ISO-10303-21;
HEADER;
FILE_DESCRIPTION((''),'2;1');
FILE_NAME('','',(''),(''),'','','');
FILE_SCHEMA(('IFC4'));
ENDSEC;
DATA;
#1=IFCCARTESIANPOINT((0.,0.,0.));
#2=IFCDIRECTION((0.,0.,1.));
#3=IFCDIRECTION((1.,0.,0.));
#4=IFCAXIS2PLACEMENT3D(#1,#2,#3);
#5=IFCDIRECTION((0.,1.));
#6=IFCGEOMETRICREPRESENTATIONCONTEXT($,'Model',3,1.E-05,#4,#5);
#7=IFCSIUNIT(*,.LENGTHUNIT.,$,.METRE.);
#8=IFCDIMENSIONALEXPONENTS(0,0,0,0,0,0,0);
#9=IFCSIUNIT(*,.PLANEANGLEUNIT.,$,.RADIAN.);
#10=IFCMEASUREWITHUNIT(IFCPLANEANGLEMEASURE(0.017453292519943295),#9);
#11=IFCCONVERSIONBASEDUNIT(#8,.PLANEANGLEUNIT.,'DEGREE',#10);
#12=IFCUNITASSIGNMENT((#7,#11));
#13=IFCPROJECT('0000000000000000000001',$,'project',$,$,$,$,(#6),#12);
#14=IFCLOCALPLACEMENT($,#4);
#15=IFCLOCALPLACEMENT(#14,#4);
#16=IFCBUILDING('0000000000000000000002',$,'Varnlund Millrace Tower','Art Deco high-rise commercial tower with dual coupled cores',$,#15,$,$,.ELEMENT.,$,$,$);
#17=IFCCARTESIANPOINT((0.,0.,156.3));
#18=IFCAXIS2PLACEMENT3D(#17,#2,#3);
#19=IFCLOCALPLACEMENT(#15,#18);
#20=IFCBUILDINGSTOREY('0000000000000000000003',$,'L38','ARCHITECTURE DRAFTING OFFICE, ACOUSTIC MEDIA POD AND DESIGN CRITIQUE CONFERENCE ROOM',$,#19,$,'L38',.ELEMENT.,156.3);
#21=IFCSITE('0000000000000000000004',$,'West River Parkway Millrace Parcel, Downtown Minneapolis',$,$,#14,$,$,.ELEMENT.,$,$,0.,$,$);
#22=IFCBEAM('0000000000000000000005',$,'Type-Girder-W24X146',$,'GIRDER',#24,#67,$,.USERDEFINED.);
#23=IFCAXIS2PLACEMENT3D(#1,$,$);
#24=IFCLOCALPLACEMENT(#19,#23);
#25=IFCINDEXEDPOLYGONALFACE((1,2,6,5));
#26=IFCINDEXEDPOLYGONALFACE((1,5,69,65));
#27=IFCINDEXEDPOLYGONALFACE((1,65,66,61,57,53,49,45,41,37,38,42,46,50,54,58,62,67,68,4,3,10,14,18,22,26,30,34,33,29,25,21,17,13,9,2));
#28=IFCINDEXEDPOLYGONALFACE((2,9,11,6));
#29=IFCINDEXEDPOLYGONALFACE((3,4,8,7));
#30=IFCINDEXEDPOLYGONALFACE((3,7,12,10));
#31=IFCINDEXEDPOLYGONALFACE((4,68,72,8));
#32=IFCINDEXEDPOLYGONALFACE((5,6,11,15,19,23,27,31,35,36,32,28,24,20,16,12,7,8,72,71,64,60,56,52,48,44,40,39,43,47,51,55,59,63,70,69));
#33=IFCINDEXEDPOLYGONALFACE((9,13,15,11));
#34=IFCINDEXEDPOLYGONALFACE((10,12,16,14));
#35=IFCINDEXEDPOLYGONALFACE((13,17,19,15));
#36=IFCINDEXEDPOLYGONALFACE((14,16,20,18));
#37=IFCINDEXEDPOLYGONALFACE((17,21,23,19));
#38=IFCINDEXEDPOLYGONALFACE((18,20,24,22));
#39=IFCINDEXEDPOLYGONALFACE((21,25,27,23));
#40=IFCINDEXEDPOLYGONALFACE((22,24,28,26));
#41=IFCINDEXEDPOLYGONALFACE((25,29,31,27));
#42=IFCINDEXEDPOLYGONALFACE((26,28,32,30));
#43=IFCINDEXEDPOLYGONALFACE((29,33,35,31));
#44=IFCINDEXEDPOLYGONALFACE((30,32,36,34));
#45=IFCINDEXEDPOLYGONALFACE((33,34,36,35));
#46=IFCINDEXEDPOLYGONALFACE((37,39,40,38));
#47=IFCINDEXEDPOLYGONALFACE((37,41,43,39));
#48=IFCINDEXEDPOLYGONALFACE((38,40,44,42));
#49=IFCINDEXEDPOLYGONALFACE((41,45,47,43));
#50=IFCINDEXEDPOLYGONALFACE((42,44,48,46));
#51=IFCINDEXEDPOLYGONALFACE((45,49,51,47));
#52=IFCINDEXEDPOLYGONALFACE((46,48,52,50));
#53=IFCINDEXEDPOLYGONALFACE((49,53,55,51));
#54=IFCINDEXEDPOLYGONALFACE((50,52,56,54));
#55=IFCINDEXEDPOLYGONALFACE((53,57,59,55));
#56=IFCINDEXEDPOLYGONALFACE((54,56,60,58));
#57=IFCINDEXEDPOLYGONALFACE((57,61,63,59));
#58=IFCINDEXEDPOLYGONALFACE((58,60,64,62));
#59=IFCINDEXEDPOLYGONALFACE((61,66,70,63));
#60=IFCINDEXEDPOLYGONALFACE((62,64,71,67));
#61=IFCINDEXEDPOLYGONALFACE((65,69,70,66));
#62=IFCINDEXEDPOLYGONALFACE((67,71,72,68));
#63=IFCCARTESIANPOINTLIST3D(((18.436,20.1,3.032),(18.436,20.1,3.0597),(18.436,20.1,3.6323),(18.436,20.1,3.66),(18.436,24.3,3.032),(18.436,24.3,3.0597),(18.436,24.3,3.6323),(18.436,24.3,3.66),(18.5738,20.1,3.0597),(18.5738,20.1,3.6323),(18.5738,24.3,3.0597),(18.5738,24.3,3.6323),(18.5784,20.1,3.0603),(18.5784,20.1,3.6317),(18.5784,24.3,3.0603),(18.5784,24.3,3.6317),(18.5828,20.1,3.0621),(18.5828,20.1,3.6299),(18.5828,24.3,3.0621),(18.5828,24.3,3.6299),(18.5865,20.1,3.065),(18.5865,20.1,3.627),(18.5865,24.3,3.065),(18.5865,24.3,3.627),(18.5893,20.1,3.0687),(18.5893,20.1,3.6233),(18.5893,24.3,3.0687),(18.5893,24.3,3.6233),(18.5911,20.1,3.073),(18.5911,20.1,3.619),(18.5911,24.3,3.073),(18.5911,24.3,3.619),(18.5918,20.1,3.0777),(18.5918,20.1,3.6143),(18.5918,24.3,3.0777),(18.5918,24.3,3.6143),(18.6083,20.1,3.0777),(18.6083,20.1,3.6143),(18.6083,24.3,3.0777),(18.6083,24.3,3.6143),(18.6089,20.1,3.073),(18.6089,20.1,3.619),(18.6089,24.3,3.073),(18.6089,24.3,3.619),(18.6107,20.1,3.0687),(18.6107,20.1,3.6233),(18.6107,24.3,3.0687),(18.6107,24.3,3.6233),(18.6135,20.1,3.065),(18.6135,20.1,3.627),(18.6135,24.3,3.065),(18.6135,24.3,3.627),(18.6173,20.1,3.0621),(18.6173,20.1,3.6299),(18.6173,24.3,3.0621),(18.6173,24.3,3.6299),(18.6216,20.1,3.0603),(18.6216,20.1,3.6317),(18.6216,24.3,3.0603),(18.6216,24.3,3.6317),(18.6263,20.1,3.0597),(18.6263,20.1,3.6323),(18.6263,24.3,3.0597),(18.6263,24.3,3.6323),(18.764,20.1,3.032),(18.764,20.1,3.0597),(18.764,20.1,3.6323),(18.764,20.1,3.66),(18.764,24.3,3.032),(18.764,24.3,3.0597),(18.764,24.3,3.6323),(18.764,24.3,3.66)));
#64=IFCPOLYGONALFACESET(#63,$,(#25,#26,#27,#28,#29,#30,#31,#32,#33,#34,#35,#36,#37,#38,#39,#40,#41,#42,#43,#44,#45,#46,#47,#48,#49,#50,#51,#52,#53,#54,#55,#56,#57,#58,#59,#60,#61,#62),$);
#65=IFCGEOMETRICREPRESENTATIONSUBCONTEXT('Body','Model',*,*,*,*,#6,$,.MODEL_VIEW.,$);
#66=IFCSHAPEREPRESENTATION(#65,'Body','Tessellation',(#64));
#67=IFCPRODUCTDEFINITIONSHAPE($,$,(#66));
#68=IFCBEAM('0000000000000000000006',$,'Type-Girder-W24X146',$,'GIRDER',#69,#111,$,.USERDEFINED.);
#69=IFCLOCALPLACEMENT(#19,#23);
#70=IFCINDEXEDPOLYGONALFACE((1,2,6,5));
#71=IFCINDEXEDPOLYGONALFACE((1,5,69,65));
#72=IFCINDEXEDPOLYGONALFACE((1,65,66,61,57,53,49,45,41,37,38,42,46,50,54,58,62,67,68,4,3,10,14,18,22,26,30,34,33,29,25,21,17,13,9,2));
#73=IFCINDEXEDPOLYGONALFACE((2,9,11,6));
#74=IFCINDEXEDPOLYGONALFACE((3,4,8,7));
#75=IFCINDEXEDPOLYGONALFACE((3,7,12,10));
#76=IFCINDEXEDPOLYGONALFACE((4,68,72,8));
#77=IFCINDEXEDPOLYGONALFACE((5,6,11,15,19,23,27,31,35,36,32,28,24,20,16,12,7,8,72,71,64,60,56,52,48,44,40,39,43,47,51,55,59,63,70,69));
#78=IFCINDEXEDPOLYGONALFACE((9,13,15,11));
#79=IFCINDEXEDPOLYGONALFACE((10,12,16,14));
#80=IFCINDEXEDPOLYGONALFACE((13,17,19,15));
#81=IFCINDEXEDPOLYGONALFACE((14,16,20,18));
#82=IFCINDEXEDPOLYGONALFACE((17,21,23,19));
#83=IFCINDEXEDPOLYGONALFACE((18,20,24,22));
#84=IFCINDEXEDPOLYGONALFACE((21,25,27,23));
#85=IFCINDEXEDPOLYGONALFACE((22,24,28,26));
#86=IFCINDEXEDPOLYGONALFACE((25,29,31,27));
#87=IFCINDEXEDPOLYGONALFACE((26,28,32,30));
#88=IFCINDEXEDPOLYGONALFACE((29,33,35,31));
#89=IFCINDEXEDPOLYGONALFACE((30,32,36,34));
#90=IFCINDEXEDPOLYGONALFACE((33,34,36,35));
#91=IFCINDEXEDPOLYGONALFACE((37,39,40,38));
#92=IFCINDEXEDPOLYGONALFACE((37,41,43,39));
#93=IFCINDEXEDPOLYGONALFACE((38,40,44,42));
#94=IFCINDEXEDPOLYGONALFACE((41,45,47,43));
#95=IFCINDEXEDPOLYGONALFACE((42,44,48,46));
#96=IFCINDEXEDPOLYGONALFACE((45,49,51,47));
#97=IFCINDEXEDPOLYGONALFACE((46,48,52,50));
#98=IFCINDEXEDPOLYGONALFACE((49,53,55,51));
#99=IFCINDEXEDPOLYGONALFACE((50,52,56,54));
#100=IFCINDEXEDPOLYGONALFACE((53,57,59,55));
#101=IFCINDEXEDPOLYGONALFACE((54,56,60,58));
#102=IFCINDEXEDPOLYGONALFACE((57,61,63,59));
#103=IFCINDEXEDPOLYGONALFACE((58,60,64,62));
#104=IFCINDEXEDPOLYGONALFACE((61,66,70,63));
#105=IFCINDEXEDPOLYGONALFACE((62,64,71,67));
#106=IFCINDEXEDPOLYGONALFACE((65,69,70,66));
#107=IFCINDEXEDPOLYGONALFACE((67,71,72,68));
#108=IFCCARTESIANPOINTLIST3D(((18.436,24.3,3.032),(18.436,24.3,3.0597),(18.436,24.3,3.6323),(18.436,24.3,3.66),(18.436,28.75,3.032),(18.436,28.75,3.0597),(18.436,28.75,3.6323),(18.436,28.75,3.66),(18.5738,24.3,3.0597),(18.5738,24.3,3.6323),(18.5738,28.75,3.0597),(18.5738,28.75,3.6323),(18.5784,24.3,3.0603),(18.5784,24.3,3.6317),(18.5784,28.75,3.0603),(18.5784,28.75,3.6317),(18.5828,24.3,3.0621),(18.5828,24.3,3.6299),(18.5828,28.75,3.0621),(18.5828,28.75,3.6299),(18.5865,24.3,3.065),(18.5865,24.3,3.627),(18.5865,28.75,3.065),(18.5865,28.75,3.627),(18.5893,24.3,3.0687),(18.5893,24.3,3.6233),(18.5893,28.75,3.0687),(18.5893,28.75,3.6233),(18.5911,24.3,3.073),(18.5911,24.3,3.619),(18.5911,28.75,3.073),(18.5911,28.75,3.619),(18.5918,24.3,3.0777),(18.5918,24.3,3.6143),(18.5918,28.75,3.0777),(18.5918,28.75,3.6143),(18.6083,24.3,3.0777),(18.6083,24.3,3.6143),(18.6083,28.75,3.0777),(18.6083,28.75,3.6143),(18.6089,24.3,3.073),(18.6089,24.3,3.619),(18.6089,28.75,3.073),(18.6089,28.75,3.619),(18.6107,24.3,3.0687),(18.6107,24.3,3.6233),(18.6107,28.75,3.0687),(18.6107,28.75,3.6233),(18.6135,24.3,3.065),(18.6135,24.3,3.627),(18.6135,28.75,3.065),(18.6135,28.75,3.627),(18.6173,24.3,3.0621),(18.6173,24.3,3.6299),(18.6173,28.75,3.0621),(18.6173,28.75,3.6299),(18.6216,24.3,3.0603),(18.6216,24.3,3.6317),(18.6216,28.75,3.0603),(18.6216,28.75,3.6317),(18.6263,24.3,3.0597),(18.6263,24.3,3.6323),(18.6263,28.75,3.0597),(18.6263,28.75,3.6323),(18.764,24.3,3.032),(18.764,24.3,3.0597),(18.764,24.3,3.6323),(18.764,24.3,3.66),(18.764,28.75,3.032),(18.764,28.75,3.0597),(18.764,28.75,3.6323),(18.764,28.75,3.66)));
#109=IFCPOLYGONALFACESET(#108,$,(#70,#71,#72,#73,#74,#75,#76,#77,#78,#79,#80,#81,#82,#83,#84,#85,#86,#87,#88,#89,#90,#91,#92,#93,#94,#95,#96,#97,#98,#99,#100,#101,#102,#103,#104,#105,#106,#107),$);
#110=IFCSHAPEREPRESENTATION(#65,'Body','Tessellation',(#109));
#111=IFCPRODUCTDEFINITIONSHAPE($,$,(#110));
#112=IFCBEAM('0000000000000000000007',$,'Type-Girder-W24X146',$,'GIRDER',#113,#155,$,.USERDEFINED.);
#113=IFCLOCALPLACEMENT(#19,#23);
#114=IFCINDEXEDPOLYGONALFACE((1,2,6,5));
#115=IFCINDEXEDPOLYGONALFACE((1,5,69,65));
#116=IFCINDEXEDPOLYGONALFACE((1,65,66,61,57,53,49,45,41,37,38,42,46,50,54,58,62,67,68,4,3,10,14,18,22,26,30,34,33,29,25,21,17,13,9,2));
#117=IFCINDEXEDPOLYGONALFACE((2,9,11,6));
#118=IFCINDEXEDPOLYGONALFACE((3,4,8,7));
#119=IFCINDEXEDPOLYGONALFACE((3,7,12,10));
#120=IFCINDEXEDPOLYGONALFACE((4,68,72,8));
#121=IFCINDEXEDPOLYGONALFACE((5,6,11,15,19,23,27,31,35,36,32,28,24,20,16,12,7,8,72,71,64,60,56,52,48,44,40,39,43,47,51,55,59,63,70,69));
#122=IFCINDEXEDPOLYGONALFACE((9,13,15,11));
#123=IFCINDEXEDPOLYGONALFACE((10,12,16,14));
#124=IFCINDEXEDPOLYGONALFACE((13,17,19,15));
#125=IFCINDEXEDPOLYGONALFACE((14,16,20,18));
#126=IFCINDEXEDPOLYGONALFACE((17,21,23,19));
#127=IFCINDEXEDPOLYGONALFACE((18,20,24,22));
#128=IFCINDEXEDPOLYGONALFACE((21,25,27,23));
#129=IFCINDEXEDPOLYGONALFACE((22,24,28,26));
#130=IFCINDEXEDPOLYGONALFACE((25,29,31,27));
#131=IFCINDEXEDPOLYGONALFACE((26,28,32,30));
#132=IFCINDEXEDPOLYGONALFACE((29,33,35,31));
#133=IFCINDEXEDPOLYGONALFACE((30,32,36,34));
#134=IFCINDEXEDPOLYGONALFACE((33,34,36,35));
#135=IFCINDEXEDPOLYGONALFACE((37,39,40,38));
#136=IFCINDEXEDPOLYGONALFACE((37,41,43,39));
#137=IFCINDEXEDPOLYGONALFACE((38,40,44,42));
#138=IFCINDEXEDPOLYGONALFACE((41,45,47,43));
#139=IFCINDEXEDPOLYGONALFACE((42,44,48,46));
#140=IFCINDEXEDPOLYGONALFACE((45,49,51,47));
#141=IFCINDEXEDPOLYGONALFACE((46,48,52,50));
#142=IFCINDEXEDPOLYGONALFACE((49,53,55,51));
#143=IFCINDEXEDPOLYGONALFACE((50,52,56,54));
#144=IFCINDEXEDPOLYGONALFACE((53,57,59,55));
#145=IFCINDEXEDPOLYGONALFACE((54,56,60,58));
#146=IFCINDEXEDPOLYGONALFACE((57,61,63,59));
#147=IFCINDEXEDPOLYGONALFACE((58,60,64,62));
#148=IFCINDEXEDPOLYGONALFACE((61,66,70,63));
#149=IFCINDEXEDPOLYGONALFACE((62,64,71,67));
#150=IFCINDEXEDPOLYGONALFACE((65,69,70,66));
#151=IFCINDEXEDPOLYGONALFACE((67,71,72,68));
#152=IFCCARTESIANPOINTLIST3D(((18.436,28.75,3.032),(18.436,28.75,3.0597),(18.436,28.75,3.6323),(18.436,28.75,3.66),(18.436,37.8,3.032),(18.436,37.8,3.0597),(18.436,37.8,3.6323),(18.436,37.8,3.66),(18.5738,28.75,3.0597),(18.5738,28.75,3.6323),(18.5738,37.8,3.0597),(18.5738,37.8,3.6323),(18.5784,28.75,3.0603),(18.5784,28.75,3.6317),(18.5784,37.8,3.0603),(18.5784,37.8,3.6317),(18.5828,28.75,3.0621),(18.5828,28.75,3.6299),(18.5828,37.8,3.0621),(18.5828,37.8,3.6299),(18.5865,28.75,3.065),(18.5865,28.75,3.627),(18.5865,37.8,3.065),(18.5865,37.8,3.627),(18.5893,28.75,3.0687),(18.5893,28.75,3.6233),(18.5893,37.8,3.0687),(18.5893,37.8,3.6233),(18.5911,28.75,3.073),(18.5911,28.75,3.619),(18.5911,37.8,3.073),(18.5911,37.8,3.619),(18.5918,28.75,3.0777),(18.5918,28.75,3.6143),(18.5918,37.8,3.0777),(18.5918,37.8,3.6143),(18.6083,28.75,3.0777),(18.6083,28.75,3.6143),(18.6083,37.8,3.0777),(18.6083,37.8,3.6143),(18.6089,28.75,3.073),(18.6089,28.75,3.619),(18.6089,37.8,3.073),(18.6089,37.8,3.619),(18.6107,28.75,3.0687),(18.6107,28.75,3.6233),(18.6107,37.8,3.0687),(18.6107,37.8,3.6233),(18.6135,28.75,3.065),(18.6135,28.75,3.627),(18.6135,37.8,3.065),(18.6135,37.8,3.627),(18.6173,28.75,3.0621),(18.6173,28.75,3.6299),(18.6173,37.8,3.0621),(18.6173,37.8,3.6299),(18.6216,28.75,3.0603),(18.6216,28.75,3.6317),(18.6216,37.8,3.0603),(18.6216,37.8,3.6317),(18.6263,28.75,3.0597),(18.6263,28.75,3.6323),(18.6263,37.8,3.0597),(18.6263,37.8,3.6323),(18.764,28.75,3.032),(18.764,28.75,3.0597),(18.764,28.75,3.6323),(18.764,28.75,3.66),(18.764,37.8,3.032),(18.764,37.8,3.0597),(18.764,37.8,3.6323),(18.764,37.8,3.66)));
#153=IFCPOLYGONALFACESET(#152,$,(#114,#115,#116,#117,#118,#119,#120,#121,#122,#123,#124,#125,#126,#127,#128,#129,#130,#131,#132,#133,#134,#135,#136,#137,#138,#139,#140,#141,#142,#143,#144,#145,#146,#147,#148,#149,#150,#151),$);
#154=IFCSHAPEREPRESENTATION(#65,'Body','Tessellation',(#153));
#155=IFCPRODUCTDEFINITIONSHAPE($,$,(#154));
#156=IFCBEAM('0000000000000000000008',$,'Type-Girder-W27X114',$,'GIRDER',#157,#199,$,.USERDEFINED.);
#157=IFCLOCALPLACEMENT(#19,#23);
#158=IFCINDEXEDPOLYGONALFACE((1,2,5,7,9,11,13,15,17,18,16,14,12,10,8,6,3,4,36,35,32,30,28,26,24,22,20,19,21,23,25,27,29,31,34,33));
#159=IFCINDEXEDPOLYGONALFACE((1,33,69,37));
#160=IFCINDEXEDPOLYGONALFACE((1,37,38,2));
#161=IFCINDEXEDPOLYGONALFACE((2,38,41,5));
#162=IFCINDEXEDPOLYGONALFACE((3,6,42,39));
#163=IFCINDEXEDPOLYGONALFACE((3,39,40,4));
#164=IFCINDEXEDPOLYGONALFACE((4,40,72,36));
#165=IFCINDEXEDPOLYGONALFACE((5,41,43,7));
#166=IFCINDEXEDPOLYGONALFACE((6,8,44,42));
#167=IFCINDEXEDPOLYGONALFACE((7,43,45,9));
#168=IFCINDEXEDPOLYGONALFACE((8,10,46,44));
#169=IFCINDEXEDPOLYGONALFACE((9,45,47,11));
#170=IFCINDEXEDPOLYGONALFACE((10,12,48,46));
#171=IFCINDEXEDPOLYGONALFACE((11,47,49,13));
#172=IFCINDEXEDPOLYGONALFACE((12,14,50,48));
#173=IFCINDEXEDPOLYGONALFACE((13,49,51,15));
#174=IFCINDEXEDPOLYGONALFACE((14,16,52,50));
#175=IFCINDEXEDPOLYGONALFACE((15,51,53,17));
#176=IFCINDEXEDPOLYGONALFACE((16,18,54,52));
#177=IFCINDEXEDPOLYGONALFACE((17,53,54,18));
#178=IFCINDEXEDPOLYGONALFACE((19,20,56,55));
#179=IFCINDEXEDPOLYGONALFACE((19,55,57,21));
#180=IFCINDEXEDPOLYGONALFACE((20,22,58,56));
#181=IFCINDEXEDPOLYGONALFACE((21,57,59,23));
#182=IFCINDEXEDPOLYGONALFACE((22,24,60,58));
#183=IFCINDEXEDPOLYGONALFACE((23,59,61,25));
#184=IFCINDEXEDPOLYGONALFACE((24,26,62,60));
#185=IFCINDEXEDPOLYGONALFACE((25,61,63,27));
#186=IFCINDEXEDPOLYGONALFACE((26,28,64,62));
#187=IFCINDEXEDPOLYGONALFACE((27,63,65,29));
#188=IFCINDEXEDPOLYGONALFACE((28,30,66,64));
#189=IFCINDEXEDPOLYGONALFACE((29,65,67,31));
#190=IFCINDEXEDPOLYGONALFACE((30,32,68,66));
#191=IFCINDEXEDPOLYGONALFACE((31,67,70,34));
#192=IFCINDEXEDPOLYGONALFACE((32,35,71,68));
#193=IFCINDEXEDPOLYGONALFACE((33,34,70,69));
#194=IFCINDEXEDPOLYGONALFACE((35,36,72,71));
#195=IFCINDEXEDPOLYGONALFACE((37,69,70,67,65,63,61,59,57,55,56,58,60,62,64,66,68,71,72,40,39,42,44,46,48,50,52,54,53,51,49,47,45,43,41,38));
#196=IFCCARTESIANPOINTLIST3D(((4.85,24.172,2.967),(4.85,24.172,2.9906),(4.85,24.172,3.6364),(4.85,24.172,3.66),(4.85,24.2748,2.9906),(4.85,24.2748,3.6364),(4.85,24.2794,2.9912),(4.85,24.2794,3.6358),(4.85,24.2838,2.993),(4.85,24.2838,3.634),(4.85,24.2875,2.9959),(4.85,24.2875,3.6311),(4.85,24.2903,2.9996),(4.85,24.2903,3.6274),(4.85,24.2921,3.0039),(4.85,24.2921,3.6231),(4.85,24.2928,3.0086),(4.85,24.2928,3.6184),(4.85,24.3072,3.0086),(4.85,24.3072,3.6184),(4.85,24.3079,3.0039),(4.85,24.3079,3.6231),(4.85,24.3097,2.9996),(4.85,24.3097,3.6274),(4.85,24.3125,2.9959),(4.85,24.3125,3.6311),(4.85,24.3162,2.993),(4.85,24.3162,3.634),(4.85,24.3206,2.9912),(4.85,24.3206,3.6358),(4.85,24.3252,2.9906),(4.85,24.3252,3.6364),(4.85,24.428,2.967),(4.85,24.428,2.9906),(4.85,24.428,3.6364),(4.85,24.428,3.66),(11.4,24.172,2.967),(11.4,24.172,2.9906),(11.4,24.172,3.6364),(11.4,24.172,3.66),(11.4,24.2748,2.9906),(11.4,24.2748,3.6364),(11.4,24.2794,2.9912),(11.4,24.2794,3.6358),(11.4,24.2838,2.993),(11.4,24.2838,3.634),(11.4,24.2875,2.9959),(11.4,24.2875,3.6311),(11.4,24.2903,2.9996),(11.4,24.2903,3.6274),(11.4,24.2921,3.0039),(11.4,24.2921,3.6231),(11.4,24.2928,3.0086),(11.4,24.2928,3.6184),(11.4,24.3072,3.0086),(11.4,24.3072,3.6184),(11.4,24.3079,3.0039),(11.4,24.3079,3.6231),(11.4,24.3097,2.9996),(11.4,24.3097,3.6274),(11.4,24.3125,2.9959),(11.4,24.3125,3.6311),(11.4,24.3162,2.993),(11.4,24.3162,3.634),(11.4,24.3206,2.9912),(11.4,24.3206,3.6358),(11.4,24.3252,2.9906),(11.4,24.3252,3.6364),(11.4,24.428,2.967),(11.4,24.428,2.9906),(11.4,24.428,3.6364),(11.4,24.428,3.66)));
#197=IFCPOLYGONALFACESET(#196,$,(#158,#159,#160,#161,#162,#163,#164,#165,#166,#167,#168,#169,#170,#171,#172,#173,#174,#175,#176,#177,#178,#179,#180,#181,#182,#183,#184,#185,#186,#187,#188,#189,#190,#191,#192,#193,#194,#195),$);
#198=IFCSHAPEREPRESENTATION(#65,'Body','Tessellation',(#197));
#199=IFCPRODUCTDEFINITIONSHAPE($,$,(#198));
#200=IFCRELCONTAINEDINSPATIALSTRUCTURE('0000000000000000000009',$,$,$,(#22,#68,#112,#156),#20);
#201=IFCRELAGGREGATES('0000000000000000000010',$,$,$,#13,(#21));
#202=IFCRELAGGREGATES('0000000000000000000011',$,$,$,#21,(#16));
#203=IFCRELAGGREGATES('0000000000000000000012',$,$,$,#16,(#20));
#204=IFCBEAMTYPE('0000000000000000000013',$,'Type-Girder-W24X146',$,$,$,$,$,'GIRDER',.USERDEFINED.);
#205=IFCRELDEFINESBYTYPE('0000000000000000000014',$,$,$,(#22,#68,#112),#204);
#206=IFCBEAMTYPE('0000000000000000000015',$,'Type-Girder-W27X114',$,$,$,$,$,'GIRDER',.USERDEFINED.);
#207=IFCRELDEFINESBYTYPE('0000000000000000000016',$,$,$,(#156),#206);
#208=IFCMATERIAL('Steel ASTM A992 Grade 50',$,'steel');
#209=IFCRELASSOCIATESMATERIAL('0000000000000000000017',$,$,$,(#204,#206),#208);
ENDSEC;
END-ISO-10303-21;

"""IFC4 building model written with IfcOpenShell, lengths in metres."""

from ifc_helpers import new_model, entity, si_unit, converted_unit, direction, frame, origin_with_axes, origin_2d_with_axis, place, context, subcontext, project, spatial, i_section, extrude, material, material_profile, profile_set, type_object, element, save


model = new_model("IFC4")

# Units and contexts
model_context = context("Model", 3, precision=1e-05, world=origin_with_axes(), true_north=direction((0.0, 1.0)))
body_context = subcontext(model_context, "Body", "Model", "MODEL_VIEW")
ifc_project = project(units=[si_unit("LENGTHUNIT", "METRE"), converted_unit("PLANEANGLEUNIT", "DEGREE", entity("IfcPlaneAngleMeasure", 0.017453292519943295), si_unit("PLANEANGLEUNIT", "RADIAN"), dimensions=[0, 0, 0, 0, 0, 0, 0])], contexts=[model_context])

# Site, building, storey
site_placement = place(None, origin_with_axes())
site = spatial("IfcSite", under=ifc_project, at=site_placement, Name="West River Parkway Millrace Parcel, Downtown Minneapolis", CompositionType="ELEMENT", RefElevation=0.0)
building_placement = place(site_placement, origin_with_axes())
building = spatial("IfcBuilding", under=site, at=building_placement, Name="Varnlund Millrace Tower", Description="Art Deco high-rise commercial tower with dual coupled cores", CompositionType="ELEMENT")
storey_placement = place(building_placement, frame((0.0, 0.0, 156.3), z_axis=(0.0, 0.0, 1.0), x_axis=(1.0, 0.0, 0.0)))
storey = spatial("IfcBuildingStorey", under=building, at=storey_placement, Name="L38", Description="ARCHITECTURE DRAFTING OFFICE, ACOUSTIC MEDIA POD AND DESIGN CRITIQUE CONFERENCE ROOM", LongName="L38", CompositionType="ELEMENT", Elevation=156.3)

# Beams
ifc_material_1 = material(Name="Steel ASTM A992 Grade 50", Category="steel")
ifc_material_profile_1 = material_profile(ifc_material_1, i_section(OverallWidth=0.328, OverallDepth=0.628, WebThickness=0.0165, FlangeThickness=0.0277, FilletRadius=0.018, at=origin_2d_with_axis()), Name="Steel ASTM A992 Grade 50")
ifc_profile_set_1 = profile_set([ifc_material_profile_1], Name="Steel ASTM A992 Grade 50")
beam_type_1 = type_object("IfcBeamType", Name="Type-Girder-W24X146", ElementType="GIRDER", PredefinedType="USERDEFINED", material=ifc_profile_set_1)
beam_1_placement = place(storey_placement, frame((18.6, 20.1, 3.346), z_axis=(0.0, 1.0, 0.0), x_axis=(-1.0, 0.0, 0.0)))
element("IfcBeam", 1, at=beam_1_placement, inside=storey, type_object=beam_type_1, Name="Type-Girder-W24X146", ObjectType="GIRDER", PredefinedType="USERDEFINED", context=body_context, shape_type="SweptSolid", body=[
    extrude(i_section(OverallWidth=0.328, OverallDepth=0.628, WebThickness=0.0165, FlangeThickness=0.0277, FilletRadius=0.018, at=origin_2d_with_axis()), origin_with_axes(), (0.0, 0.0, 1.0), 4.2),
])
beam_2_placement = place(storey_placement, frame((18.6, 24.3, 3.346), z_axis=(0.0, 1.0, 0.0), x_axis=(-1.0, 0.0, 0.0)))
element("IfcBeam", 2, at=beam_2_placement, inside=storey, type_object=beam_type_1, Name="Type-Girder-W24X146", ObjectType="GIRDER", PredefinedType="USERDEFINED", context=body_context, shape_type="SweptSolid", body=[
    extrude(i_section(OverallWidth=0.328, OverallDepth=0.628, WebThickness=0.0165, FlangeThickness=0.0277, FilletRadius=0.018, at=origin_2d_with_axis()), origin_with_axes(), (0.0, 0.0, 1.0), 4.45),
])
beam_3_placement = place(storey_placement, frame((18.6, 28.75, 3.346), z_axis=(0.0, 1.0, 0.0), x_axis=(-1.0, 0.0, 0.0)))
element("IfcBeam", 3, at=beam_3_placement, inside=storey, type_object=beam_type_1, Name="Type-Girder-W24X146", ObjectType="GIRDER", PredefinedType="USERDEFINED", context=body_context, shape_type="SweptSolid", body=[
    extrude(i_section(OverallWidth=0.328, OverallDepth=0.628, WebThickness=0.0165, FlangeThickness=0.0277, FilletRadius=0.018, at=origin_2d_with_axis()), origin_with_axes(), (0.0, 0.0, 1.0), 9.05),
])
ifc_material_profile_2 = material_profile(ifc_material_1, i_section(OverallWidth=0.256, OverallDepth=0.693, WebThickness=0.0145, FlangeThickness=0.0236, FilletRadius=0.018, at=origin_2d_with_axis()), Name="Steel ASTM A992 Grade 50")
ifc_profile_set_2 = profile_set([ifc_material_profile_2], Name="Steel ASTM A992 Grade 50")
beam_type_2 = type_object("IfcBeamType", Name="Type-Girder-W27X114", ElementType="GIRDER", PredefinedType="USERDEFINED", material=ifc_profile_set_2)
beam_4_placement = place(storey_placement, frame((4.85, 24.3, 3.3135), z_axis=(1.0, 0.0, 0.0), x_axis=(0.0, 1.0, 0.0)))
element("IfcBeam", 4, at=beam_4_placement, inside=storey, type_object=beam_type_2, Name="Type-Girder-W27X114", ObjectType="GIRDER", PredefinedType="USERDEFINED", context=body_context, shape_type="SweptSolid", body=[
    extrude(i_section(OverallWidth=0.256, OverallDepth=0.693, WebThickness=0.0145, FlangeThickness=0.0236, FilletRadius=0.018, at=origin_2d_with_axis()), origin_with_axes(), (0.0, 0.0, 1.0), 6.55),
])

save(model, "model.ifc")
